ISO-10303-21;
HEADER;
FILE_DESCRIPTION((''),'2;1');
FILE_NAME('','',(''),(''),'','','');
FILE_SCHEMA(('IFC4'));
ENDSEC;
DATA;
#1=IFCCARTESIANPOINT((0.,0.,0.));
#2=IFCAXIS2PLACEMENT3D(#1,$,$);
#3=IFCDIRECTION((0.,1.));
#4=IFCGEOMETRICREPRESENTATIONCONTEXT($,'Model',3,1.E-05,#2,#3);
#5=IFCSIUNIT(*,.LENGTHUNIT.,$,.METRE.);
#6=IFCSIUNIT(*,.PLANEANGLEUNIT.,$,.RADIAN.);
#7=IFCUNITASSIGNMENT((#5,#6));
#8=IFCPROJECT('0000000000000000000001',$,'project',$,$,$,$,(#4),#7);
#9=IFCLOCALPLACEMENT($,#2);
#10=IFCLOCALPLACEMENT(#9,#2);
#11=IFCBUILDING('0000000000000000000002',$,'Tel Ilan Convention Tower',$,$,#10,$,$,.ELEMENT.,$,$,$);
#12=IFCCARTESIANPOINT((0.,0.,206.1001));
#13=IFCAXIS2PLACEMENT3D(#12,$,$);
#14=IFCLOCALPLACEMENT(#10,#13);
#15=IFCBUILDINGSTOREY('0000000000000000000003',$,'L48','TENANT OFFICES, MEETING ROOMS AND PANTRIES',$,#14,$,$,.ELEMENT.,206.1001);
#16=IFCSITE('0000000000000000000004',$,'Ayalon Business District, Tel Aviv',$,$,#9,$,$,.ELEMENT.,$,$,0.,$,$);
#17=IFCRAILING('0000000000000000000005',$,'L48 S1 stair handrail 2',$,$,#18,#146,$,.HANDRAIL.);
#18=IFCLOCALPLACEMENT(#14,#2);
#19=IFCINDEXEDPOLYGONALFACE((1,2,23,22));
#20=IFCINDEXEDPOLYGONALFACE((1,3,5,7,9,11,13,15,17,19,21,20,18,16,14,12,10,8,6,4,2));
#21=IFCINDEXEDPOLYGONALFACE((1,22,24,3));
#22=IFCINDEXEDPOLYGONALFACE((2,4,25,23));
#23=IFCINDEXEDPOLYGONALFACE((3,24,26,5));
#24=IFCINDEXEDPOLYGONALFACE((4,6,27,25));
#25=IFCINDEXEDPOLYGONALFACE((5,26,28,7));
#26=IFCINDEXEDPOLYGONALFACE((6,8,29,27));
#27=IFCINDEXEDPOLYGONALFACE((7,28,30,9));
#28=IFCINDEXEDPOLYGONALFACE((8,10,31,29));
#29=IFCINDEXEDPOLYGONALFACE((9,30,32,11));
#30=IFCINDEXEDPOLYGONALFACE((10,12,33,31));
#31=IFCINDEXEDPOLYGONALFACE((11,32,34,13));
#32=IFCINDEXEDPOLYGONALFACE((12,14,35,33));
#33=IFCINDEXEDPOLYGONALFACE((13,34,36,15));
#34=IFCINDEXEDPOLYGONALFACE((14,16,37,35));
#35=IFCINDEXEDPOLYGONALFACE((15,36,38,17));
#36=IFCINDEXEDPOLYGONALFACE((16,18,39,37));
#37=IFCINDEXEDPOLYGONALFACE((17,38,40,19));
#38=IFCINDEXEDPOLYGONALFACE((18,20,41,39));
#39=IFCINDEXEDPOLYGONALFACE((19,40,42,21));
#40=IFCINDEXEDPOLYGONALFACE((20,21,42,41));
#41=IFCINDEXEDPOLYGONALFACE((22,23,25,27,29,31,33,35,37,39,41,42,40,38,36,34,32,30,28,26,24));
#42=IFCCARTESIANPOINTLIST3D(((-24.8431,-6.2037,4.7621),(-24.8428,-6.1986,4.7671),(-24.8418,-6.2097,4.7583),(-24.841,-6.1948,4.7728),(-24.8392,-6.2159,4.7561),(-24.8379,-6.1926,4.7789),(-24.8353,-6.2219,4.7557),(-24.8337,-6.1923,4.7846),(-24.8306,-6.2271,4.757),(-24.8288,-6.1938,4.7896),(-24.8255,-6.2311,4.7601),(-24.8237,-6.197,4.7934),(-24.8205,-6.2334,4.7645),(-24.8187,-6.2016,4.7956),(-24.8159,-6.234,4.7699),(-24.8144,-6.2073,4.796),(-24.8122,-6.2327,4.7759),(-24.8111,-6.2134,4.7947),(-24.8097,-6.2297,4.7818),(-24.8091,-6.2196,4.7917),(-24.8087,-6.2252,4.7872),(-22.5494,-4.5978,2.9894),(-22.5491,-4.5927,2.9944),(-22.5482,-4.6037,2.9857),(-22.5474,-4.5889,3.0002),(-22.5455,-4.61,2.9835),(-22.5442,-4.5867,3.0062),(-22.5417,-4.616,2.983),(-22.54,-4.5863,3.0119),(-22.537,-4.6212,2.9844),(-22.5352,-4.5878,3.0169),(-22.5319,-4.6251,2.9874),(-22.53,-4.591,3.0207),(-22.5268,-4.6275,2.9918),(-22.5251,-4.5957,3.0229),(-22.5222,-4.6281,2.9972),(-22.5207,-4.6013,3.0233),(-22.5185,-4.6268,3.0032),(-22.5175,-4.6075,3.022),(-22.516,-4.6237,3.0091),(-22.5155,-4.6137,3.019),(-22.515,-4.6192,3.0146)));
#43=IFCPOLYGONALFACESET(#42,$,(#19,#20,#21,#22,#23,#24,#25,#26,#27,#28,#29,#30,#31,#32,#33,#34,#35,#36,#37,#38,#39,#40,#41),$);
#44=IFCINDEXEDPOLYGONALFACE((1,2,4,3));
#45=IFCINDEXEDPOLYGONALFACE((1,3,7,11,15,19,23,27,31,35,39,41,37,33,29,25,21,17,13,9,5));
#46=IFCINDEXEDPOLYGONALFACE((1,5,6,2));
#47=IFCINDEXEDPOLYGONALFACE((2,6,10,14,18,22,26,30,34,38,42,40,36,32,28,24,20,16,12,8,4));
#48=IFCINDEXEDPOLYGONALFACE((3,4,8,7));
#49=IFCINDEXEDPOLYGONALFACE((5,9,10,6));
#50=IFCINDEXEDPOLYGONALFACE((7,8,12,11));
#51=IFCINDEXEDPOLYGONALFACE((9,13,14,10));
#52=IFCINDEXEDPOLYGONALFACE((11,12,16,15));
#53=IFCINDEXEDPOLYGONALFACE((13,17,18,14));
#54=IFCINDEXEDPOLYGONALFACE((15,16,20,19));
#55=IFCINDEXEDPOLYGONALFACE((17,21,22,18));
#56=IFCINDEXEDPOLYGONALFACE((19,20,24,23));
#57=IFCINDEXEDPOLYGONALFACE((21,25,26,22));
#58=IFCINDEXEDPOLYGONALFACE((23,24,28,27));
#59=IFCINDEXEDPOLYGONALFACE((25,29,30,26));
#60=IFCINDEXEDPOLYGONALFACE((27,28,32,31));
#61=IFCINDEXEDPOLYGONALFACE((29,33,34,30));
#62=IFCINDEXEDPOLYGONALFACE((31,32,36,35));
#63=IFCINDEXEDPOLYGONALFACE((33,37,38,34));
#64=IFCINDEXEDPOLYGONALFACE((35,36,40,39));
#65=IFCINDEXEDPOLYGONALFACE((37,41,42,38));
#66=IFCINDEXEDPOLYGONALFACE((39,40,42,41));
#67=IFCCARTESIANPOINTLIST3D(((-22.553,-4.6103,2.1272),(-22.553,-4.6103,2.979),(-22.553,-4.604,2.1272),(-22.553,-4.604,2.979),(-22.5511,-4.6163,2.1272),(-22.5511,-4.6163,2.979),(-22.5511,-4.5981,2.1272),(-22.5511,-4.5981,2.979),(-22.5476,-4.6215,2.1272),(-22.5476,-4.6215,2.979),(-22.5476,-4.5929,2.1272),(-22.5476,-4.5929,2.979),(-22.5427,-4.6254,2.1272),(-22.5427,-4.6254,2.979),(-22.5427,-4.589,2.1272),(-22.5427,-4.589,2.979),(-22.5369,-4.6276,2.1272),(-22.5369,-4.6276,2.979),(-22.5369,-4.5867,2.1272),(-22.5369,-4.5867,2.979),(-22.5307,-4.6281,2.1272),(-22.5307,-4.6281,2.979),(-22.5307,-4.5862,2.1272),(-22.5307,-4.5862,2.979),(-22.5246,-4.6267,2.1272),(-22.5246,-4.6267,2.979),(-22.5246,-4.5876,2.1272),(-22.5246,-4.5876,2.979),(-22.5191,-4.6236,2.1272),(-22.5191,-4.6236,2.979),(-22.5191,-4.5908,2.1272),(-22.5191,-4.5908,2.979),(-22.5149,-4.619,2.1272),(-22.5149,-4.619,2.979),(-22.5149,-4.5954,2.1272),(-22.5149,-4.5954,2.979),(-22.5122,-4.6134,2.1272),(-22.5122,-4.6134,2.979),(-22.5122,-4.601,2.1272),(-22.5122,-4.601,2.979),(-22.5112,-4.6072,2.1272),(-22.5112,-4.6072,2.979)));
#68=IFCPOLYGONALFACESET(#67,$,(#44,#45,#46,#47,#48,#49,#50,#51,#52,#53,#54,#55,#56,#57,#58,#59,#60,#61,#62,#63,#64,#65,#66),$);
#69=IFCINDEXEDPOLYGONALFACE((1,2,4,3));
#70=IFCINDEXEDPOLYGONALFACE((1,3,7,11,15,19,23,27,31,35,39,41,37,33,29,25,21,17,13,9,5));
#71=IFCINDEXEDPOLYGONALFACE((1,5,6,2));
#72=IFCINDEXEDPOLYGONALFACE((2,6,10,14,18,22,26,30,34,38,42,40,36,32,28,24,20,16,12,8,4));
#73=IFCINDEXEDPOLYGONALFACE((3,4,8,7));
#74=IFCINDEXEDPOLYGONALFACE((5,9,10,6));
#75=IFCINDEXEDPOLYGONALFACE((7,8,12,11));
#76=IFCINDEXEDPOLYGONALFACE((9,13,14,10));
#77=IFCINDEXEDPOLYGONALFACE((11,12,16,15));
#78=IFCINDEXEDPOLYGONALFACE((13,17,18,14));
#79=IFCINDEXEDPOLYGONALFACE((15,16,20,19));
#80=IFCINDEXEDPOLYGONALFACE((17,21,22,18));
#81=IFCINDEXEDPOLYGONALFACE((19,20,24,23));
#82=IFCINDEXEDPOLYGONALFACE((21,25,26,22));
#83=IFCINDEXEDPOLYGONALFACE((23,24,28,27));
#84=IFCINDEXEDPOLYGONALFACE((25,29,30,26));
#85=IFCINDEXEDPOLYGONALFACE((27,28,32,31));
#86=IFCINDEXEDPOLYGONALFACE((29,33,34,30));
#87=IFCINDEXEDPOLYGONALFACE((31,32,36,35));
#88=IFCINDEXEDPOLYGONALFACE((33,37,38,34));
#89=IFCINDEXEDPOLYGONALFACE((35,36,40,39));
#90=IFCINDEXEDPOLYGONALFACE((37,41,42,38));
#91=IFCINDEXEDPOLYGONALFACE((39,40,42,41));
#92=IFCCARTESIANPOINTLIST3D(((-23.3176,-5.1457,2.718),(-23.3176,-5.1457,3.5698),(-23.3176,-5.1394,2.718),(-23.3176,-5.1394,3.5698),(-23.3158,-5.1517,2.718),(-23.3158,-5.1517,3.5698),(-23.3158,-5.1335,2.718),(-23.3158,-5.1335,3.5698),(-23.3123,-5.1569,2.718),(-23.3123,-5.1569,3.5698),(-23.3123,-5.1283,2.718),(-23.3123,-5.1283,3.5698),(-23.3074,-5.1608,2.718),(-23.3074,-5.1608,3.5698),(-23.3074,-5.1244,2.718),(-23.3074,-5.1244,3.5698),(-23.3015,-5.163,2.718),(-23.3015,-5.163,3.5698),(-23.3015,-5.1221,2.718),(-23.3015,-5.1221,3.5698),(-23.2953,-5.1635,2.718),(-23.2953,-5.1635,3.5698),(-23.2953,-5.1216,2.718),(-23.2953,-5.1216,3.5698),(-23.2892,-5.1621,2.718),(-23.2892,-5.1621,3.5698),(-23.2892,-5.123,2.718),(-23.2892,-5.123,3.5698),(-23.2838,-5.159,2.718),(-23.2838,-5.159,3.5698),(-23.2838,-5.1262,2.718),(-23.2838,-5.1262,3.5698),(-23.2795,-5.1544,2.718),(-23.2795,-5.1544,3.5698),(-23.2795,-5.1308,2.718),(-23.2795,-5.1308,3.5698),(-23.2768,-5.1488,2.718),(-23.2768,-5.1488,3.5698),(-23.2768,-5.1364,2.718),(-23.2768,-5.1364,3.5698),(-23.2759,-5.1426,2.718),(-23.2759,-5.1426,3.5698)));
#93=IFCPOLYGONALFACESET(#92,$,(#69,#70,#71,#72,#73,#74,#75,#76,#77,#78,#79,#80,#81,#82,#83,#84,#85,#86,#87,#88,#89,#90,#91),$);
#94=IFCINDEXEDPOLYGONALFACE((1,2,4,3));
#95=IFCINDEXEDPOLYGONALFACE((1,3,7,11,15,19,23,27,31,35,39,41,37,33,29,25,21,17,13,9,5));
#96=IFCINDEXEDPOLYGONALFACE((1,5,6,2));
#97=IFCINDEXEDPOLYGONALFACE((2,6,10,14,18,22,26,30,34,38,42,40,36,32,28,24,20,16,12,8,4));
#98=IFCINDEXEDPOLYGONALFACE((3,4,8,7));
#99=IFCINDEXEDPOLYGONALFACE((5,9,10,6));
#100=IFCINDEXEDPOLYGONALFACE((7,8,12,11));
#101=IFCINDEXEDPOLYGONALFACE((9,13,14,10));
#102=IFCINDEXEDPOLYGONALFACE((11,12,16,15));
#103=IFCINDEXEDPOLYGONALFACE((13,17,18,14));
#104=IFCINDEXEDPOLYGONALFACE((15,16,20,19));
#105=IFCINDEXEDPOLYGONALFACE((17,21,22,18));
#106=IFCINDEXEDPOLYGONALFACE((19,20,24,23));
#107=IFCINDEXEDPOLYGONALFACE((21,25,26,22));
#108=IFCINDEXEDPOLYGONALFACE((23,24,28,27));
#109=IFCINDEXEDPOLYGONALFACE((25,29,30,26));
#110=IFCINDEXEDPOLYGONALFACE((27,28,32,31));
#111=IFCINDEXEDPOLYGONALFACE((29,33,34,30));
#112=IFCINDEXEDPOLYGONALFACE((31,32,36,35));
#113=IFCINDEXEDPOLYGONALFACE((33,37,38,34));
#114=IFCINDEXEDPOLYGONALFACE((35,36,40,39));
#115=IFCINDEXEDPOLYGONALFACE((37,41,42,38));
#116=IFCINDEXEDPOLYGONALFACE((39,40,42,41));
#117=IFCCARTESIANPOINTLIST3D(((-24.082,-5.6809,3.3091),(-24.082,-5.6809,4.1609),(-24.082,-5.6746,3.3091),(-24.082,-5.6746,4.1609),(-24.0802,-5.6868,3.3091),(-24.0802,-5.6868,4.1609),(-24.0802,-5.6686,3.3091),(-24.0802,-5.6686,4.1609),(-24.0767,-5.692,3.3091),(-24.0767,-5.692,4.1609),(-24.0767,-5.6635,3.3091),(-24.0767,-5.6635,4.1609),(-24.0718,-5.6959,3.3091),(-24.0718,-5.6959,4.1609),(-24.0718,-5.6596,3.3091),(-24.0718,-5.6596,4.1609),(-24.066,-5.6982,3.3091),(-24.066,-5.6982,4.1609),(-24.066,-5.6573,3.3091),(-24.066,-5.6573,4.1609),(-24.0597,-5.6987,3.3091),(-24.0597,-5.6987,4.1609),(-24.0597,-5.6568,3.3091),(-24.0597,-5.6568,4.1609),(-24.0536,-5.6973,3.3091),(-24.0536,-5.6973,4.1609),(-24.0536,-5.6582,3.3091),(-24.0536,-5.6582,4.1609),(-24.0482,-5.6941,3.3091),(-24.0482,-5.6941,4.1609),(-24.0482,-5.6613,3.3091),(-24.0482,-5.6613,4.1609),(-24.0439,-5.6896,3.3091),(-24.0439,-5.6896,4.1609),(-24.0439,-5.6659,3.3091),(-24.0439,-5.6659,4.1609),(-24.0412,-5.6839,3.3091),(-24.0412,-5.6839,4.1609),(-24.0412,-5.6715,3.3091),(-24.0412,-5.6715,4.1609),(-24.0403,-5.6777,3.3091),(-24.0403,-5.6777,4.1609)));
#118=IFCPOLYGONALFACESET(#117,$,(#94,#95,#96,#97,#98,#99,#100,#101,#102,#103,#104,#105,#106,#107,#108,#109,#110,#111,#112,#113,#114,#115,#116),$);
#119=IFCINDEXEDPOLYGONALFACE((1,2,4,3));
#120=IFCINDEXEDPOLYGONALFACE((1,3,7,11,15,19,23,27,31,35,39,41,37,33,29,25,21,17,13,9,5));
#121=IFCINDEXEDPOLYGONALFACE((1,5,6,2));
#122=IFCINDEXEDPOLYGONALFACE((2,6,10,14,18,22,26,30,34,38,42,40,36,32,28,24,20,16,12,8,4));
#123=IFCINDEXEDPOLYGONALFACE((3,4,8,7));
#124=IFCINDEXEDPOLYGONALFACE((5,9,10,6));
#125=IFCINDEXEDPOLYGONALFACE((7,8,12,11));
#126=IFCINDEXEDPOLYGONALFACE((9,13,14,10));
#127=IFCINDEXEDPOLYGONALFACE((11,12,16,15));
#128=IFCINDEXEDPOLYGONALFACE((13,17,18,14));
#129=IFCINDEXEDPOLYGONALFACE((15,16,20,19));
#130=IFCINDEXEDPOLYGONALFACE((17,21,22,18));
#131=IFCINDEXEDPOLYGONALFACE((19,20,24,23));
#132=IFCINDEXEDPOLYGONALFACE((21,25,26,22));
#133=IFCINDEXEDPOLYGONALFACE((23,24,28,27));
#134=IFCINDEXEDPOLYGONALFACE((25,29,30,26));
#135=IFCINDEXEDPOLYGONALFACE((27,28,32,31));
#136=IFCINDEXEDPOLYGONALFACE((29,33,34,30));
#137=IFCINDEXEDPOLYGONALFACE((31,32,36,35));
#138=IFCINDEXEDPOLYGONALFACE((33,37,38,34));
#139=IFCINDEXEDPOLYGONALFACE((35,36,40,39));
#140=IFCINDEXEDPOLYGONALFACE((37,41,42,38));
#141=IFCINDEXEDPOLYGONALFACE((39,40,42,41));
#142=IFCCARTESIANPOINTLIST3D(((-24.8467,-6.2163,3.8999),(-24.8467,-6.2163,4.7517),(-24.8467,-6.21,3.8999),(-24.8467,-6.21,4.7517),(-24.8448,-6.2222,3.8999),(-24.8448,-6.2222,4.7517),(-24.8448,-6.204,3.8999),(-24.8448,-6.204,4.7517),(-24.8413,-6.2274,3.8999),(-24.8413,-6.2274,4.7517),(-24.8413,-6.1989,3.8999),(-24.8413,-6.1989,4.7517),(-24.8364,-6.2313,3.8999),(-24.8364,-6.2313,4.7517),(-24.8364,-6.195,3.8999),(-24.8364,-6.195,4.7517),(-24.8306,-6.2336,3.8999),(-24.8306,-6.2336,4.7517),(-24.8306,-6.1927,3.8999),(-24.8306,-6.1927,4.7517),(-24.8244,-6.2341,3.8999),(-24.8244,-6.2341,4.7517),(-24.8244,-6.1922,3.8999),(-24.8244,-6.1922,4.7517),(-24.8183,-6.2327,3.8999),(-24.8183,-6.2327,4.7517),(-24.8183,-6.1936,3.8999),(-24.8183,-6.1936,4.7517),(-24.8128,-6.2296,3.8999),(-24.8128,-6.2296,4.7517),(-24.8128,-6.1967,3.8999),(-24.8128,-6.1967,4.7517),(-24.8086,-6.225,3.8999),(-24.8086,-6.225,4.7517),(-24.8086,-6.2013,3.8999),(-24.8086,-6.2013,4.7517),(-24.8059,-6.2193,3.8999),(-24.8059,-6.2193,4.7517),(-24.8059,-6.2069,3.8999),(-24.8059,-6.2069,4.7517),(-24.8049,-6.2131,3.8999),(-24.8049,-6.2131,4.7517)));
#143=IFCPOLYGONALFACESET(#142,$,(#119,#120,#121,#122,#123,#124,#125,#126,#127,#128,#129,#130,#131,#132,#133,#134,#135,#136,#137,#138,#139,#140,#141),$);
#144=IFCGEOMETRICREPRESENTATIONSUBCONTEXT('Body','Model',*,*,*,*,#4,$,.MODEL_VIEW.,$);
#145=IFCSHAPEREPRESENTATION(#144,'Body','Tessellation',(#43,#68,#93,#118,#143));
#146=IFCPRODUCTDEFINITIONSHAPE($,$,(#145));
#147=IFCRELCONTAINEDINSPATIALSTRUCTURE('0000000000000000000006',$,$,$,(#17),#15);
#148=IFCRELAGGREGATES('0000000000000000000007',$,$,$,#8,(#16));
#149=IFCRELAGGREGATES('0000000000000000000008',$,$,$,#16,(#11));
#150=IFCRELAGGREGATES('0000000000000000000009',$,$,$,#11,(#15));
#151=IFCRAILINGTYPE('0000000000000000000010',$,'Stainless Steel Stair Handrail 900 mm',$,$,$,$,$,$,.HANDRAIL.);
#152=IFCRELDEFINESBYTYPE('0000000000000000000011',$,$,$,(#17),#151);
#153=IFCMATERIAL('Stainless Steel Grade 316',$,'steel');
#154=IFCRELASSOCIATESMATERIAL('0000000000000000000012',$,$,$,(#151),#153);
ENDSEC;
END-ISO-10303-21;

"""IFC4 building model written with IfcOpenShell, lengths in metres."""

from ifc_helpers import new_model, si_unit, direction, frame, origin, origin_2d, place, context, subcontext, project, spatial, circle, extrude, material, type_object, element, save


model = new_model("IFC4")

# Units and contexts
model_context = context("Model", 3, precision=1e-05, world=origin(), true_north=direction((0.0, 1.0)))
body_context = subcontext(model_context, "Body", "Model", "MODEL_VIEW")
ifc_project = project(units=[si_unit("LENGTHUNIT", "METRE"), si_unit("PLANEANGLEUNIT", "RADIAN")], contexts=[model_context])

# Site, building, storey
site_placement = place(None, origin())
site = spatial("IfcSite", under=ifc_project, at=site_placement, Name="Ayalon Business District, Tel Aviv", CompositionType="ELEMENT", RefElevation=0.0)
building_placement = place(site_placement, origin())
building = spatial("IfcBuilding", under=site, at=building_placement, Name="Tel Ilan Convention Tower", CompositionType="ELEMENT")
storey_placement = place(building_placement, frame((0.0, 0.0, 206.1001)))
storey = spatial("IfcBuildingStorey", under=building, at=storey_placement, Name="L48", Description="TENANT OFFICES, MEETING ROOMS AND PANTRIES", CompositionType="ELEMENT", Elevation=206.1001)

# Railing
ifc_material_1 = material(Name="Stainless Steel Grade 316", Category="steel")
railing_type_1 = type_object("IfcRailingType", Name="Stainless Steel Stair Handrail 900 mm", PredefinedType="HANDRAIL", material=ifc_material_1)
for number, where, name in (
    (1, (-22.5322, -4.6072, 2.1272), "L48 S1 stair handrail 2"),
):
    element("IfcRailing", number, at=place(storey_placement, frame(where)), inside=storey, type_object=railing_type_1, Name=name, PredefinedType="HANDRAIL", context=body_context, shape_type="SweptSolid", body=[
        extrude(circle(Radius=0.0239, at=origin_2d()), frame((0.0, 0.0, 0.876), z_axis=(-0.692123, -0.484597, 0.534913), x_axis=(0.57355, -0.81917, 0.0)), (0.0, 0.0, 1.0), 3.314),
        extrude(circle(Radius=0.021, at=origin_2d()), origin(), (0.0, 0.0, 1.0), 0.8518),
        extrude(circle(Radius=0.021, at=origin_2d()), frame((-0.7646, -0.5354, 0.5908)), (0.0, 0.0, 1.0), 0.8518),
        extrude(circle(Radius=0.021, at=origin_2d()), frame((-1.5291, -1.0706, 1.1819)), (0.0, 0.0, 1.0), 0.8518),
        extrude(circle(Radius=0.021, at=origin_2d()), frame((-2.2937, -1.606, 1.7727)), (0.0, 0.0, 1.0), 0.8518),
    ])

save(model, "model.ifc")
